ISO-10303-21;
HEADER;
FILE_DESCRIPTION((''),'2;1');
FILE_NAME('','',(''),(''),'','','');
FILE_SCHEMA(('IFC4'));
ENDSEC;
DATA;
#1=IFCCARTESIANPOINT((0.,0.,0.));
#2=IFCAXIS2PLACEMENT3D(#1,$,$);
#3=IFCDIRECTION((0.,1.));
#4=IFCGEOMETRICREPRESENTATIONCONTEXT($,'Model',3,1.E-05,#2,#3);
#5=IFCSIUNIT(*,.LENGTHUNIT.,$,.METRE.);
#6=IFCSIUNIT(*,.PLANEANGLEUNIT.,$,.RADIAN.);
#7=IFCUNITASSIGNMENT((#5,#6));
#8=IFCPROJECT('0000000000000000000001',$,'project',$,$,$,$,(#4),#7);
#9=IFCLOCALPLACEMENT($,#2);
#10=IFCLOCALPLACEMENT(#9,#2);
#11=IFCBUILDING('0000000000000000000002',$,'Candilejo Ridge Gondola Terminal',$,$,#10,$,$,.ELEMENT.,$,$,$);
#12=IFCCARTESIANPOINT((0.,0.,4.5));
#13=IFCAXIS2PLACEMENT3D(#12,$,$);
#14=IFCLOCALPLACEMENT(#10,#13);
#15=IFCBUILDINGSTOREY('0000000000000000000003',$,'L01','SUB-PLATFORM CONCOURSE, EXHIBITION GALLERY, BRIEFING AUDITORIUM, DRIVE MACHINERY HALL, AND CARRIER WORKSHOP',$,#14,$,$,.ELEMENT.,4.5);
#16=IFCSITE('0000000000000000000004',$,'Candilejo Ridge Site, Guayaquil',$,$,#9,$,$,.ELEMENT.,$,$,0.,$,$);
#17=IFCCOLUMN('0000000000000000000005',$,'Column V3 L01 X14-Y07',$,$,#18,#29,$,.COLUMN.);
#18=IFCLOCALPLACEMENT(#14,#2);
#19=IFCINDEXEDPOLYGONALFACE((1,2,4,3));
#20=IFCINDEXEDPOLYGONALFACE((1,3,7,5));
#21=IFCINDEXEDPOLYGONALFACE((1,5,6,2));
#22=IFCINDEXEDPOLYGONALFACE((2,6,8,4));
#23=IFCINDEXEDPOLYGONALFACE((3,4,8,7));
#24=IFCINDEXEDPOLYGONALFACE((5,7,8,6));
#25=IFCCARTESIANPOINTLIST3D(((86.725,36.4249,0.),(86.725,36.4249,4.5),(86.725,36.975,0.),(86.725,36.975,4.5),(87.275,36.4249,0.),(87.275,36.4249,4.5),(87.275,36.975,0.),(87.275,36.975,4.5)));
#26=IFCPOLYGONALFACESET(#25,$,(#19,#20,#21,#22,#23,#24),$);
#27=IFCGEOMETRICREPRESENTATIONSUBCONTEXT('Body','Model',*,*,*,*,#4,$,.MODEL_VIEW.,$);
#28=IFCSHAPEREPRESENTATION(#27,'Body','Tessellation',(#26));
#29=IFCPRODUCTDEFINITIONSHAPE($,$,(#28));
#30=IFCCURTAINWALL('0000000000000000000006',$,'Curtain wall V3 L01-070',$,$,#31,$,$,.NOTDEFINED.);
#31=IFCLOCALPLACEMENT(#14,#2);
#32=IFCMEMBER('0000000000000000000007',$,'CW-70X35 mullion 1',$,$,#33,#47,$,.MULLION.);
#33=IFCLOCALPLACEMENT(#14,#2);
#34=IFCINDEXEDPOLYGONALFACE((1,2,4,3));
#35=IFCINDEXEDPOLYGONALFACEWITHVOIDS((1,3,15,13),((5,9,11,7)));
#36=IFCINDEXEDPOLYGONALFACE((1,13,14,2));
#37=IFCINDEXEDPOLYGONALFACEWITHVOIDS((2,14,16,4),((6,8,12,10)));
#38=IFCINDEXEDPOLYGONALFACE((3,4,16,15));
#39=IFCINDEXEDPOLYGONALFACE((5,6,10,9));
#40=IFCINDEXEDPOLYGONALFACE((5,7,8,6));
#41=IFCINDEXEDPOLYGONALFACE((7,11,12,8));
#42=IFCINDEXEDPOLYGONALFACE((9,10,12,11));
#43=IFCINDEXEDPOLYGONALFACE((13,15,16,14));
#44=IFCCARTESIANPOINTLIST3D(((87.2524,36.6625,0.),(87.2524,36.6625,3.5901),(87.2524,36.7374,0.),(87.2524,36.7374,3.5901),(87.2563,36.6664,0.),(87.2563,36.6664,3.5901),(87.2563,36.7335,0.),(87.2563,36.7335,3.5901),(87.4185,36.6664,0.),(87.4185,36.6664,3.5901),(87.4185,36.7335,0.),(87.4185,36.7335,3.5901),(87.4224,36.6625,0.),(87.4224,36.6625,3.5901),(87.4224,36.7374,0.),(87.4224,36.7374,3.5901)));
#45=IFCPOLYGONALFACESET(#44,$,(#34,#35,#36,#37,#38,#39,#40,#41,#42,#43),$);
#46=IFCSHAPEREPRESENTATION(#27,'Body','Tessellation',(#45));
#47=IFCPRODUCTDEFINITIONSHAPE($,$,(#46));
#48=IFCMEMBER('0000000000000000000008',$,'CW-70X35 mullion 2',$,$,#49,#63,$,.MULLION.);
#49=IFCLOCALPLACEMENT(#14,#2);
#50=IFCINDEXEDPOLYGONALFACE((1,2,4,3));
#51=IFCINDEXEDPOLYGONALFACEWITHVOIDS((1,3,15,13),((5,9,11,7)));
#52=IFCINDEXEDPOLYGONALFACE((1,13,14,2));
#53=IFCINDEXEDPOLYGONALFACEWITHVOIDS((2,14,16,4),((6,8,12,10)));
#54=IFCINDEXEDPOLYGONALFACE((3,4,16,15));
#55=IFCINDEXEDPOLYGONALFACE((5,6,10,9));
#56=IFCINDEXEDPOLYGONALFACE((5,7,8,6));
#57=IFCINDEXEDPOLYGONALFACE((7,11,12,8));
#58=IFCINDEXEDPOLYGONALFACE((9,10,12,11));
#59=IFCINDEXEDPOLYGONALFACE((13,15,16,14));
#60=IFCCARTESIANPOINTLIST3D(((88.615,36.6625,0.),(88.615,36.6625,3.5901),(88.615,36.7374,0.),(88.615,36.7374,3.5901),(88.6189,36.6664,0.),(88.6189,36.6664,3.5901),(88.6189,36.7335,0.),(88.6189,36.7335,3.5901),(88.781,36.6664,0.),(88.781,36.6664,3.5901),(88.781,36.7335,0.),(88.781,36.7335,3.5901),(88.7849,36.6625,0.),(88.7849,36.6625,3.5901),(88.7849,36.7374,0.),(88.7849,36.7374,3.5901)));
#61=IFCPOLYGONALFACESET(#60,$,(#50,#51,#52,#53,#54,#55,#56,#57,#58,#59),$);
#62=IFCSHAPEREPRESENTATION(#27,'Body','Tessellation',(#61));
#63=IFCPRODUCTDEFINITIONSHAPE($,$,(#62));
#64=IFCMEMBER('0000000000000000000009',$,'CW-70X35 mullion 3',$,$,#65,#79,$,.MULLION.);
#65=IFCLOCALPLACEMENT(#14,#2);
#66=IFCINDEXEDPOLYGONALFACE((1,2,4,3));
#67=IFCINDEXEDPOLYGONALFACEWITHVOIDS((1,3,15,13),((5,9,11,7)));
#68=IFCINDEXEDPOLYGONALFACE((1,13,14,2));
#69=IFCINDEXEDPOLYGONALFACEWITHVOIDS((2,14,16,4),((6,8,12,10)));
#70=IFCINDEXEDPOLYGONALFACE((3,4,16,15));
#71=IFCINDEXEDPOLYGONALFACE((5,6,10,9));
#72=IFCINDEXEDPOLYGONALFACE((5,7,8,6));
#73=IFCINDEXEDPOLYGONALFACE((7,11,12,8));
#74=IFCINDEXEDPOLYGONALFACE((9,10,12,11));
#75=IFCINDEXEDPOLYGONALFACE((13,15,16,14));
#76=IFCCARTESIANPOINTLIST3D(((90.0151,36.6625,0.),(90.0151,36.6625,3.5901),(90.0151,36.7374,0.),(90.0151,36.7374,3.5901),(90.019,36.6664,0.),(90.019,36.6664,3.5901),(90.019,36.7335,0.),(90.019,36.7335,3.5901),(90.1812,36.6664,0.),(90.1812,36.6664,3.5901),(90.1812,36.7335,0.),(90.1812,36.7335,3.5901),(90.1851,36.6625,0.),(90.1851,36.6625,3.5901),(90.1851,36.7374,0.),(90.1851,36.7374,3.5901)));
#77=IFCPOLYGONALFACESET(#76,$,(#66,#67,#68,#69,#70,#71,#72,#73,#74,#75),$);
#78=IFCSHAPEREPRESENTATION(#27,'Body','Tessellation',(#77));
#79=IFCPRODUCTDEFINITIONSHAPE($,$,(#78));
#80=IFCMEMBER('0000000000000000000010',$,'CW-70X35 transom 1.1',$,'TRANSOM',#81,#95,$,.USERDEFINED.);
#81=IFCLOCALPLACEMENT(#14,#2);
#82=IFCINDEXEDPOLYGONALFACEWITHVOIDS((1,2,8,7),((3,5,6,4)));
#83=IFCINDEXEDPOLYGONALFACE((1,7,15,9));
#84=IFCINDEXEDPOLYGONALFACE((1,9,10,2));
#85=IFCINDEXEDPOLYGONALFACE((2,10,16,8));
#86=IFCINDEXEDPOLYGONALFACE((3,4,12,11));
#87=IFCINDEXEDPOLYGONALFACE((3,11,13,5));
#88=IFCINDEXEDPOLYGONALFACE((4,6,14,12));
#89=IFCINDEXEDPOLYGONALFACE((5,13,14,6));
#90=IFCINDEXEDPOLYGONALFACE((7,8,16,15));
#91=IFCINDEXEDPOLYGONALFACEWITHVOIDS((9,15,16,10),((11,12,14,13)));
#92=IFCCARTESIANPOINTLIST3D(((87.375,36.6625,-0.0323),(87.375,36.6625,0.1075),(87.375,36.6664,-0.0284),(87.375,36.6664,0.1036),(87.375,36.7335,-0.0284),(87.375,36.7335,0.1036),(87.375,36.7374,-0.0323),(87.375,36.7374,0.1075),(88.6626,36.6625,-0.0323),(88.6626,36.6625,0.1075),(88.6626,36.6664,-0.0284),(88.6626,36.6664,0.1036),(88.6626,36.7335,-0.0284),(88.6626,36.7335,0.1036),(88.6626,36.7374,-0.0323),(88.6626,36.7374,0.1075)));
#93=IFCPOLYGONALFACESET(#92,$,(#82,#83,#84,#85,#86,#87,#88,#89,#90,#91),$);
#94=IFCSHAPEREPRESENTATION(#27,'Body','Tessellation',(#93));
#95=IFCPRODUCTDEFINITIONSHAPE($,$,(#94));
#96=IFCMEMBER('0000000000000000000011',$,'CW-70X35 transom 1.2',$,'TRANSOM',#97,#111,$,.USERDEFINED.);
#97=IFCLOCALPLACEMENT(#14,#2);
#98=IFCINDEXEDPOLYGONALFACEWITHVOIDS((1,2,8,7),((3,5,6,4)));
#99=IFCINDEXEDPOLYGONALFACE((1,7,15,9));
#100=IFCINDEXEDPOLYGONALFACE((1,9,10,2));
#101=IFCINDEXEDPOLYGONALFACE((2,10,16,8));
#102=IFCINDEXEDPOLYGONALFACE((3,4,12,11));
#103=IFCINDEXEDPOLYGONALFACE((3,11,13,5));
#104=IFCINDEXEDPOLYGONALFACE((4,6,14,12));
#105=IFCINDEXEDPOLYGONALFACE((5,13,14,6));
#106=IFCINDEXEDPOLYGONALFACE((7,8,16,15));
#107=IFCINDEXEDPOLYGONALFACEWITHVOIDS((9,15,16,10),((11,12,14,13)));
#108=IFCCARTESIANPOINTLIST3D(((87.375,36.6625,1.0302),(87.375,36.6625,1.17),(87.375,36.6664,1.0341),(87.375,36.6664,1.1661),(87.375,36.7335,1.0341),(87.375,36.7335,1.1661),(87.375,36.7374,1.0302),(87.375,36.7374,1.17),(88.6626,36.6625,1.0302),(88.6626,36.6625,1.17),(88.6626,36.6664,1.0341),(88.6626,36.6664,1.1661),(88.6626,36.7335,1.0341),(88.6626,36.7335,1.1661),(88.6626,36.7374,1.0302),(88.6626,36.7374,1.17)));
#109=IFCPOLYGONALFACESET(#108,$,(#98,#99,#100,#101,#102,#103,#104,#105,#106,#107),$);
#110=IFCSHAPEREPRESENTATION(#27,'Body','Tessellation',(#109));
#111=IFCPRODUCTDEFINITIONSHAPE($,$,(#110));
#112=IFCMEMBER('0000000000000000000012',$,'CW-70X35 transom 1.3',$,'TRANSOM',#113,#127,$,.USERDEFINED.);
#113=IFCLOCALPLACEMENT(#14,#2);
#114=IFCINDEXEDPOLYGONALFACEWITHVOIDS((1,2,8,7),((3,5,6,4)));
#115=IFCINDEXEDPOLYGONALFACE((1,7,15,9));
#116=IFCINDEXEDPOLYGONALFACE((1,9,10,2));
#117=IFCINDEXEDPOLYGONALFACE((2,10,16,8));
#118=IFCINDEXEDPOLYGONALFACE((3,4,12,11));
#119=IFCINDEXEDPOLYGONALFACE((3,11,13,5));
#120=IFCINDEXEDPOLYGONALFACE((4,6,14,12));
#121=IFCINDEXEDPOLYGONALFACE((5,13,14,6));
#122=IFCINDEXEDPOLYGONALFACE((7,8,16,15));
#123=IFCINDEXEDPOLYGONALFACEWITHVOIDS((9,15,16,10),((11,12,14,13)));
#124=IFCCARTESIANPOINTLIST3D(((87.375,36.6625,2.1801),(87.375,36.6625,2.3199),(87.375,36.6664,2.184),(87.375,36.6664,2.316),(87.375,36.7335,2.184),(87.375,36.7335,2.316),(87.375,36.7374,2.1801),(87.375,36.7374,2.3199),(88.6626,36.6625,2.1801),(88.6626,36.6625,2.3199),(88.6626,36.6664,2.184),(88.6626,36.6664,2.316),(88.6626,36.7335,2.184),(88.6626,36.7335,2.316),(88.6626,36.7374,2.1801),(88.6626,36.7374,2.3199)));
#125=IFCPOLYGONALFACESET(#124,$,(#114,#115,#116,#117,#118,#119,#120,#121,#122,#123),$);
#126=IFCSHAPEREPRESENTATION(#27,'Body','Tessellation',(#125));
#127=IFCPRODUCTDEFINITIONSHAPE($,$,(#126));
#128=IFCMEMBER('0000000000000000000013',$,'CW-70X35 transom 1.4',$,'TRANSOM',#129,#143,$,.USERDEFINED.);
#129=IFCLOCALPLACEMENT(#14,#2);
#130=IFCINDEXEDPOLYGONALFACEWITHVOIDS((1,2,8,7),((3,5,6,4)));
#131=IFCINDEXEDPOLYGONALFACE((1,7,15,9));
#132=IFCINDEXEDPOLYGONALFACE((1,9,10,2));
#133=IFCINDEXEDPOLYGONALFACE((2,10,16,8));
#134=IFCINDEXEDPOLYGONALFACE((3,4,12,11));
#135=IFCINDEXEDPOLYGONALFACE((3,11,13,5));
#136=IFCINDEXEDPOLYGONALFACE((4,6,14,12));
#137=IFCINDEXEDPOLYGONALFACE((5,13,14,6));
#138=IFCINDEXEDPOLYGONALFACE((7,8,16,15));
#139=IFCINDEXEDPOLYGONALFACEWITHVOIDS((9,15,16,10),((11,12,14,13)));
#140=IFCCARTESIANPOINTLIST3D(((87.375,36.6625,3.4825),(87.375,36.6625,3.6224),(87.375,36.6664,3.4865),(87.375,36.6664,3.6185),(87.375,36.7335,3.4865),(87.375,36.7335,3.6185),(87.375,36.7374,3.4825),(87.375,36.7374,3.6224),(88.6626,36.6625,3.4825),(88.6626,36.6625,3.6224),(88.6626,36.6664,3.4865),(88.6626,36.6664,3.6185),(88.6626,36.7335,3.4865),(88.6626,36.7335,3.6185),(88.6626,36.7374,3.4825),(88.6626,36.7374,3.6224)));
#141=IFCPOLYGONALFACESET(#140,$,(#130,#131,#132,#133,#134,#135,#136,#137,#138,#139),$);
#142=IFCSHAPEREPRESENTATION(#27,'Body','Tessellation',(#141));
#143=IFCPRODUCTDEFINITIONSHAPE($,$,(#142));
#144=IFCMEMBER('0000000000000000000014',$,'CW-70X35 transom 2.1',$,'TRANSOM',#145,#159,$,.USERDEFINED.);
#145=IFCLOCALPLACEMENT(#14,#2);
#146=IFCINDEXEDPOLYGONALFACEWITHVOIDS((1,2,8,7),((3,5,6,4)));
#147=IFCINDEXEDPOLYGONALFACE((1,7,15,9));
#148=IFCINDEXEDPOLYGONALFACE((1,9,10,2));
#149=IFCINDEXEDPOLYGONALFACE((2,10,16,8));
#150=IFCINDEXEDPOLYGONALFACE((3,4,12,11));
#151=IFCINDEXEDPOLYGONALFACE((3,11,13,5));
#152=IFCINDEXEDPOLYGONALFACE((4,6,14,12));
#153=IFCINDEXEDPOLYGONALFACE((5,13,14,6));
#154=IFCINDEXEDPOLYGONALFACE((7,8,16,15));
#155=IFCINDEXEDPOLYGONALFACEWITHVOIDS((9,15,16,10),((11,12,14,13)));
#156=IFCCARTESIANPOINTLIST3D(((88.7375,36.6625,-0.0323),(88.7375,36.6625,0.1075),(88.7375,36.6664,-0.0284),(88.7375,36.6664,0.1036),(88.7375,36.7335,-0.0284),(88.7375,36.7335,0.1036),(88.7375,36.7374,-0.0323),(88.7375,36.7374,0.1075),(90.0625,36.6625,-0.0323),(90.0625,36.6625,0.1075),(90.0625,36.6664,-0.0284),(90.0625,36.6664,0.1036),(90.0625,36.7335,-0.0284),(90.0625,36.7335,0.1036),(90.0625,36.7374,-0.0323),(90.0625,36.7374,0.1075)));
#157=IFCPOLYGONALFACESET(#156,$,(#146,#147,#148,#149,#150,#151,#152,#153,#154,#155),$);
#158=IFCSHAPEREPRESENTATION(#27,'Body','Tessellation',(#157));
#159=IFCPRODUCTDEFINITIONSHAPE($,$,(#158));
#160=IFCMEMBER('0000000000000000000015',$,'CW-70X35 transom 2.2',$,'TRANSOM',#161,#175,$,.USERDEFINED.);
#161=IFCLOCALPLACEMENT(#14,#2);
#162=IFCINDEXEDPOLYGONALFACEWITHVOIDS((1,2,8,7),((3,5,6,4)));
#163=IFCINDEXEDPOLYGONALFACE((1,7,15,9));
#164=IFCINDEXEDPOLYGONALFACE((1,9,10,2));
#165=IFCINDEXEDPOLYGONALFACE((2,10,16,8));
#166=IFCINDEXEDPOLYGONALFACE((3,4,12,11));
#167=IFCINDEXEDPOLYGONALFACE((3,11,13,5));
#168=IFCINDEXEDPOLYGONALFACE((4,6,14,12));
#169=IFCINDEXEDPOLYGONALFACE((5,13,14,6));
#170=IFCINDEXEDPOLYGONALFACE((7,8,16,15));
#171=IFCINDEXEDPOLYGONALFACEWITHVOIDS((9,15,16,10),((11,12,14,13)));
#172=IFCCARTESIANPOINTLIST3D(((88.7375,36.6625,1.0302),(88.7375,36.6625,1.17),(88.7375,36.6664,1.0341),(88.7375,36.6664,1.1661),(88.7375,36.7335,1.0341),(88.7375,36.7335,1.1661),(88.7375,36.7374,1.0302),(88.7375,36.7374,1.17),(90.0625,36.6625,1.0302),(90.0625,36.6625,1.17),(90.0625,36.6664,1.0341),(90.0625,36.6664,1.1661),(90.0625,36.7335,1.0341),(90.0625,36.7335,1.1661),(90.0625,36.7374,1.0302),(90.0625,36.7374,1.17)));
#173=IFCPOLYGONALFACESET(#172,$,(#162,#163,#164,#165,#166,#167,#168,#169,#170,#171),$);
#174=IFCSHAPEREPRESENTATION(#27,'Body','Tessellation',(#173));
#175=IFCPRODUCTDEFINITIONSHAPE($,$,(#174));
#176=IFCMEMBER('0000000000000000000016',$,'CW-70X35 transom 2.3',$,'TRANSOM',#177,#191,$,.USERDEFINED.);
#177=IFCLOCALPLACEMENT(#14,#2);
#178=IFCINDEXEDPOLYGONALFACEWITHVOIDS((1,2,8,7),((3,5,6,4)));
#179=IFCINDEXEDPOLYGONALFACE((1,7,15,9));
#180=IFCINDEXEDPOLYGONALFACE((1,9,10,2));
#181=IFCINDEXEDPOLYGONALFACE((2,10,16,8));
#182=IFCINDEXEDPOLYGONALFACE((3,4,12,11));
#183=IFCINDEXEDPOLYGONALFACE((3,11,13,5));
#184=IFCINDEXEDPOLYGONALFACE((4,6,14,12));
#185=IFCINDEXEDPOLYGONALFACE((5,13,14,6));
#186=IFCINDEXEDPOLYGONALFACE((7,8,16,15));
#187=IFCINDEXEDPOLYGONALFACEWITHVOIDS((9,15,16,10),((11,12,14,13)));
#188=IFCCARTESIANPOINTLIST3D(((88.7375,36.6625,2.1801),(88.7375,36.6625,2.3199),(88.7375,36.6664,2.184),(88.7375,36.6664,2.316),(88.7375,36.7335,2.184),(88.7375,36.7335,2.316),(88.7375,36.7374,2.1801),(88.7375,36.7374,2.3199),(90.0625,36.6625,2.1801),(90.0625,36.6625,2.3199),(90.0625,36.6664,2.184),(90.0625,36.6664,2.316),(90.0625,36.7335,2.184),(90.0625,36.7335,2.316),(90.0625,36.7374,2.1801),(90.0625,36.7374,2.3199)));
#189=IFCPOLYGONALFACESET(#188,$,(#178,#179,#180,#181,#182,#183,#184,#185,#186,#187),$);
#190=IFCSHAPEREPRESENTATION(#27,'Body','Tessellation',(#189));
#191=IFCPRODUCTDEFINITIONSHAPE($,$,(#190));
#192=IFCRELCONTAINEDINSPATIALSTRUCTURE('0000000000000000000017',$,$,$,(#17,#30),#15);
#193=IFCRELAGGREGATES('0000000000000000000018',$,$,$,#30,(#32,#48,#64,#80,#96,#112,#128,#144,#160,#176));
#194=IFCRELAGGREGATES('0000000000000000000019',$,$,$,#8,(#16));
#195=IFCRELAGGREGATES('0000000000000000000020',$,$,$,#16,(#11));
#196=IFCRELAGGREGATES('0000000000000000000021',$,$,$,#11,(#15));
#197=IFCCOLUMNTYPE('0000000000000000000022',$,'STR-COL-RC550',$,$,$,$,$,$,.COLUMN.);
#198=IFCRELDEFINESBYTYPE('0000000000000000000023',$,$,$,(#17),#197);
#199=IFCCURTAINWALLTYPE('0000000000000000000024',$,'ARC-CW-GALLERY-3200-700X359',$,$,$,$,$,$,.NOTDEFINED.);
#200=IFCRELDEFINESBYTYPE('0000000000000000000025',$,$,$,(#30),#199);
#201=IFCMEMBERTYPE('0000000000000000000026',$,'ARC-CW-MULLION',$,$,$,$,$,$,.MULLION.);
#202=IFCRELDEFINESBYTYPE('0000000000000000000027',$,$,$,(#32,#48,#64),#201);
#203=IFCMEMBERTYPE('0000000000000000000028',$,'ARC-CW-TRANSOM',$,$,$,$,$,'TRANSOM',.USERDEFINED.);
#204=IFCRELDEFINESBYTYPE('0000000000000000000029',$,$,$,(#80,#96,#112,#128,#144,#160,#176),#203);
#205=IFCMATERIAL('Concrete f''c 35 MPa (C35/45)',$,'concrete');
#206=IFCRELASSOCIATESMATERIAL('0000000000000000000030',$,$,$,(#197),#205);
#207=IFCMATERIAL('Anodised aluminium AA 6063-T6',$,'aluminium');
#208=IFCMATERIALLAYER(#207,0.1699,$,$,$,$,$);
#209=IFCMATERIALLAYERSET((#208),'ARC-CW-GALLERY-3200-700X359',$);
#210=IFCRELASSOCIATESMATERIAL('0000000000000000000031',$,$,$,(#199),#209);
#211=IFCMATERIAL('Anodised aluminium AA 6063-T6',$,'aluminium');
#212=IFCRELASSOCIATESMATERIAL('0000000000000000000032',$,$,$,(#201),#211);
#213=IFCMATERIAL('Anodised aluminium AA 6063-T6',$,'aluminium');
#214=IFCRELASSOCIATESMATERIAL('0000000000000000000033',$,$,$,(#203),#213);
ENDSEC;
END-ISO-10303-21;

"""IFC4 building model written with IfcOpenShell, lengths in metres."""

from ifc_helpers import new_model, si_unit, direction, frame, origin, origin_2d, place, context, subcontext, project, spatial, rectangle, hollow_rectangle, extrude, material, layer, layer_set, material_profile, profile_set, type_object, element, aggregate, save


model = new_model("IFC4")

# Units and contexts
model_context = context("Model", 3, precision=1e-05, world=origin(), true_north=direction((0.0, 1.0)))
body_context = subcontext(model_context, "Body", "Model", "MODEL_VIEW")
ifc_project = project(units=[si_unit("LENGTHUNIT", "METRE"), si_unit("PLANEANGLEUNIT", "RADIAN")], contexts=[model_context])

# Site, building, storey
site_placement = place(None, origin())
site = spatial("IfcSite", under=ifc_project, at=site_placement, Name="Candilejo Ridge Site, Guayaquil", CompositionType="ELEMENT", RefElevation=0.0)
building_placement = place(site_placement, origin())
building = spatial("IfcBuilding", under=site, at=building_placement, Name="Candilejo Ridge Gondola Terminal", CompositionType="ELEMENT")
storey_placement = place(building_placement, frame((0.0, 0.0, 4.5)))
storey = spatial("IfcBuildingStorey", under=building, at=storey_placement, Name="L01", Description="SUB-PLATFORM CONCOURSE, EXHIBITION GALLERY, BRIEFING AUDITORIUM, DRIVE MACHINERY HALL, AND CARRIER WORKSHOP", CompositionType="ELEMENT", Elevation=4.5)

# Column
ifc_material_1 = material(Name="Concrete f'c 35 MPa (C35/45)", Category="concrete")
ifc_material_profile_1 = material_profile(ifc_material_1, rectangle(XDim=0.55, YDim=0.55, at=origin_2d()))
ifc_profile_set_1 = profile_set([ifc_material_profile_1], Name="Concrete f'c 35 MPa (C35/45)")
column_type = type_object("IfcColumnType", Name="STR-COL-RC550", PredefinedType="COLUMN", material=ifc_profile_set_1)
column_placement = place(storey_placement, frame((87.0, 36.7, 0.0), z_axis=(0.0, 0.0, 1.0), x_axis=(1.0, 0.0, 0.0)))
element("IfcColumn", 1, at=column_placement, inside=storey, type_object=column_type, Name="Column V3 L01 X14-Y07", PredefinedType="COLUMN", context=body_context, shape_type="SweptSolid", body=[
    extrude(rectangle(XDim=0.55, YDim=0.55, at=origin_2d()), origin(), (0.0, 0.0, 1.0), 4.5),
])

# Curtain wall, members
ifc_material_2 = material(Name="Anodised aluminium AA 6063-T6", Category="aluminium")
ifc_layer_1 = layer(ifc_material_2, 0.1699)
ifc_layer_set_1 = layer_set([ifc_layer_1], Name="ARC-CW-GALLERY-3200-700X359")
curtain_wall_type = type_object("IfcCurtainWallType", Name="ARC-CW-GALLERY-3200-700X359", PredefinedType="NOTDEFINED", material=ifc_layer_set_1)
curtain_wall_placement = place(storey_placement, origin())
curtain_wall = element("IfcCurtainWall", 2, at=curtain_wall_placement, inside=storey, type_object=curtain_wall_type, Name="Curtain wall V3 L01-070", PredefinedType="NOTDEFINED")
ifc_material_3 = material(Name="Anodised aluminium AA 6063-T6", Category="aluminium")
ifc_material_profile_2 = material_profile(ifc_material_3, hollow_rectangle(XDim=0.075, YDim=0.1699, WallThickness=0.0039, at=origin_2d()))
ifc_profile_set_2 = profile_set([ifc_material_profile_2], Name="Anodised aluminium AA 6063-T6")
member_type_1 = type_object("IfcMemberType", Name="ARC-CW-MULLION", PredefinedType="MULLION", material=ifc_profile_set_2)
member_1_placement = place(storey_placement, frame((87.3374, 36.7, 0.0), z_axis=(0.0, 0.0, 1.0), x_axis=(0.0, 1.0, 0.0)))
member_1 = element("IfcMember", 3, at=member_1_placement, type_object=member_type_1, Name="CW-70X35 mullion 1", PredefinedType="MULLION", context=body_context, shape_type="SweptSolid", body=[
    extrude(hollow_rectangle(XDim=0.075, YDim=0.1699, WallThickness=0.0039, at=origin_2d()), origin(), (0.0, 0.0, 1.0), 3.5901),
])
member_2_placement = place(storey_placement, frame((88.7, 36.7, 0.0), z_axis=(0.0, 0.0, 1.0), x_axis=(0.0, 1.0, 0.0)))
member_2 = element("IfcMember", 4, at=member_2_placement, type_object=member_type_1, Name="CW-70X35 mullion 2", PredefinedType="MULLION", context=body_context, shape_type="SweptSolid", body=[
    extrude(hollow_rectangle(XDim=0.075, YDim=0.1699, WallThickness=0.0039, at=origin_2d()), origin(), (0.0, 0.0, 1.0), 3.5901),
])
member_3_placement = place(storey_placement, frame((90.1001, 36.7, 0.0), z_axis=(0.0, 0.0, 1.0), x_axis=(0.0, 1.0, 0.0)))
member_3 = element("IfcMember", 5, at=member_3_placement, type_object=member_type_1, Name="CW-70X35 mullion 3", PredefinedType="MULLION", context=body_context, shape_type="SweptSolid", body=[
    extrude(hollow_rectangle(XDim=0.075, YDim=0.1699, WallThickness=0.0039, at=origin_2d()), origin(), (0.0, 0.0, 1.0), 3.5901),
])
ifc_material_4 = material(Name="Anodised aluminium AA 6063-T6", Category="aluminium")
ifc_material_profile_3 = material_profile(ifc_material_4, hollow_rectangle(XDim=0.075, YDim=0.1399, WallThickness=0.0039, at=origin_2d()))
ifc_profile_set_3 = profile_set([ifc_material_profile_3], Name="Anodised aluminium AA 6063-T6")
member_type_2 = type_object("IfcMemberType", Name="ARC-CW-TRANSOM", ElementType="TRANSOM", PredefinedType="USERDEFINED", material=ifc_profile_set_3)
member_4_placement = place(storey_placement, frame((87.375, 36.7, 0.0376), z_axis=(1.0, 0.0, 0.0), x_axis=(0.0, 1.0, 0.0)))
member_4 = element("IfcMember", 6, at=member_4_placement, type_object=member_type_2, Name="CW-70X35 transom 1.1", ObjectType="TRANSOM", PredefinedType="USERDEFINED", context=body_context, shape_type="SweptSolid", body=[
    extrude(hollow_rectangle(XDim=0.075, YDim=0.1399, WallThickness=0.0039, at=origin_2d()), origin(), (0.0, 0.0, 1.0), 1.2876),
])
member_5_placement = place(storey_placement, frame((87.375, 36.7, 1.1001), z_axis=(1.0, 0.0, 0.0), x_axis=(0.0, 1.0, 0.0)))
member_5 = element("IfcMember", 7, at=member_5_placement, type_object=member_type_2, Name="CW-70X35 transom 1.2", ObjectType="TRANSOM", PredefinedType="USERDEFINED", context=body_context, shape_type="SweptSolid", body=[
    extrude(hollow_rectangle(XDim=0.075, YDim=0.1399, WallThickness=0.0039, at=origin_2d()), origin(), (0.0, 0.0, 1.0), 1.2876),
])
member_6_placement = place(storey_placement, frame((87.375, 36.7, 2.25), z_axis=(1.0, 0.0, 0.0), x_axis=(0.0, 1.0, 0.0)))
member_6 = element("IfcMember", 8, at=member_6_placement, type_object=member_type_2, Name="CW-70X35 transom 1.3", ObjectType="TRANSOM", PredefinedType="USERDEFINED", context=body_context, shape_type="SweptSolid", body=[
    extrude(hollow_rectangle(XDim=0.075, YDim=0.1399, WallThickness=0.0039, at=origin_2d()), origin(), (0.0, 0.0, 1.0), 1.2876),
])
member_7_placement = place(storey_placement, frame((87.375, 36.7, 3.5525), z_axis=(1.0, 0.0, 0.0), x_axis=(0.0, 1.0, 0.0)))
member_7 = element("IfcMember", 9, at=member_7_placement, type_object=member_type_2, Name="CW-70X35 transom 1.4", ObjectType="TRANSOM", PredefinedType="USERDEFINED", context=body_context, shape_type="SweptSolid", body=[
    extrude(hollow_rectangle(XDim=0.075, YDim=0.1399, WallThickness=0.0039, at=origin_2d()), origin(), (0.0, 0.0, 1.0), 1.2876),
])
member_8_placement = place(storey_placement, frame((88.7375, 36.7, 0.0376), z_axis=(1.0, 0.0, 0.0), x_axis=(0.0, 1.0, 0.0)))
member_8 = element("IfcMember", 10, at=member_8_placement, type_object=member_type_2, Name="CW-70X35 transom 2.1", ObjectType="TRANSOM", PredefinedType="USERDEFINED", context=body_context, shape_type="SweptSolid", body=[
    extrude(hollow_rectangle(XDim=0.075, YDim=0.1399, WallThickness=0.0039, at=origin_2d()), origin(), (0.0, 0.0, 1.0), 1.325),
])
member_9_placement = place(storey_placement, frame((88.7375, 36.7, 1.1001), z_axis=(1.0, 0.0, 0.0), x_axis=(0.0, 1.0, 0.0)))
member_9 = element("IfcMember", 11, at=member_9_placement, type_object=member_type_2, Name="CW-70X35 transom 2.2", ObjectType="TRANSOM", PredefinedType="USERDEFINED", context=body_context, shape_type="SweptSolid", body=[
    extrude(hollow_rectangle(XDim=0.075, YDim=0.1399, WallThickness=0.0039, at=origin_2d()), origin(), (0.0, 0.0, 1.0), 1.325),
])
member_10_placement = place(storey_placement, frame((88.7375, 36.7, 2.25), z_axis=(1.0, 0.0, 0.0), x_axis=(0.0, 1.0, 0.0)))
member_10 = element("IfcMember", 12, at=member_10_placement, type_object=member_type_2, Name="CW-70X35 transom 2.3", ObjectType="TRANSOM", PredefinedType="USERDEFINED", context=body_context, shape_type="SweptSolid", body=[
    extrude(hollow_rectangle(XDim=0.075, YDim=0.1399, WallThickness=0.0039, at=origin_2d()), origin(), (0.0, 0.0, 1.0), 1.325),
])

aggregate(curtain_wall, [member_1, member_2, member_3, member_4, member_5, member_6, member_7, member_8, member_9, member_10])

save(model, "model.ifc")
